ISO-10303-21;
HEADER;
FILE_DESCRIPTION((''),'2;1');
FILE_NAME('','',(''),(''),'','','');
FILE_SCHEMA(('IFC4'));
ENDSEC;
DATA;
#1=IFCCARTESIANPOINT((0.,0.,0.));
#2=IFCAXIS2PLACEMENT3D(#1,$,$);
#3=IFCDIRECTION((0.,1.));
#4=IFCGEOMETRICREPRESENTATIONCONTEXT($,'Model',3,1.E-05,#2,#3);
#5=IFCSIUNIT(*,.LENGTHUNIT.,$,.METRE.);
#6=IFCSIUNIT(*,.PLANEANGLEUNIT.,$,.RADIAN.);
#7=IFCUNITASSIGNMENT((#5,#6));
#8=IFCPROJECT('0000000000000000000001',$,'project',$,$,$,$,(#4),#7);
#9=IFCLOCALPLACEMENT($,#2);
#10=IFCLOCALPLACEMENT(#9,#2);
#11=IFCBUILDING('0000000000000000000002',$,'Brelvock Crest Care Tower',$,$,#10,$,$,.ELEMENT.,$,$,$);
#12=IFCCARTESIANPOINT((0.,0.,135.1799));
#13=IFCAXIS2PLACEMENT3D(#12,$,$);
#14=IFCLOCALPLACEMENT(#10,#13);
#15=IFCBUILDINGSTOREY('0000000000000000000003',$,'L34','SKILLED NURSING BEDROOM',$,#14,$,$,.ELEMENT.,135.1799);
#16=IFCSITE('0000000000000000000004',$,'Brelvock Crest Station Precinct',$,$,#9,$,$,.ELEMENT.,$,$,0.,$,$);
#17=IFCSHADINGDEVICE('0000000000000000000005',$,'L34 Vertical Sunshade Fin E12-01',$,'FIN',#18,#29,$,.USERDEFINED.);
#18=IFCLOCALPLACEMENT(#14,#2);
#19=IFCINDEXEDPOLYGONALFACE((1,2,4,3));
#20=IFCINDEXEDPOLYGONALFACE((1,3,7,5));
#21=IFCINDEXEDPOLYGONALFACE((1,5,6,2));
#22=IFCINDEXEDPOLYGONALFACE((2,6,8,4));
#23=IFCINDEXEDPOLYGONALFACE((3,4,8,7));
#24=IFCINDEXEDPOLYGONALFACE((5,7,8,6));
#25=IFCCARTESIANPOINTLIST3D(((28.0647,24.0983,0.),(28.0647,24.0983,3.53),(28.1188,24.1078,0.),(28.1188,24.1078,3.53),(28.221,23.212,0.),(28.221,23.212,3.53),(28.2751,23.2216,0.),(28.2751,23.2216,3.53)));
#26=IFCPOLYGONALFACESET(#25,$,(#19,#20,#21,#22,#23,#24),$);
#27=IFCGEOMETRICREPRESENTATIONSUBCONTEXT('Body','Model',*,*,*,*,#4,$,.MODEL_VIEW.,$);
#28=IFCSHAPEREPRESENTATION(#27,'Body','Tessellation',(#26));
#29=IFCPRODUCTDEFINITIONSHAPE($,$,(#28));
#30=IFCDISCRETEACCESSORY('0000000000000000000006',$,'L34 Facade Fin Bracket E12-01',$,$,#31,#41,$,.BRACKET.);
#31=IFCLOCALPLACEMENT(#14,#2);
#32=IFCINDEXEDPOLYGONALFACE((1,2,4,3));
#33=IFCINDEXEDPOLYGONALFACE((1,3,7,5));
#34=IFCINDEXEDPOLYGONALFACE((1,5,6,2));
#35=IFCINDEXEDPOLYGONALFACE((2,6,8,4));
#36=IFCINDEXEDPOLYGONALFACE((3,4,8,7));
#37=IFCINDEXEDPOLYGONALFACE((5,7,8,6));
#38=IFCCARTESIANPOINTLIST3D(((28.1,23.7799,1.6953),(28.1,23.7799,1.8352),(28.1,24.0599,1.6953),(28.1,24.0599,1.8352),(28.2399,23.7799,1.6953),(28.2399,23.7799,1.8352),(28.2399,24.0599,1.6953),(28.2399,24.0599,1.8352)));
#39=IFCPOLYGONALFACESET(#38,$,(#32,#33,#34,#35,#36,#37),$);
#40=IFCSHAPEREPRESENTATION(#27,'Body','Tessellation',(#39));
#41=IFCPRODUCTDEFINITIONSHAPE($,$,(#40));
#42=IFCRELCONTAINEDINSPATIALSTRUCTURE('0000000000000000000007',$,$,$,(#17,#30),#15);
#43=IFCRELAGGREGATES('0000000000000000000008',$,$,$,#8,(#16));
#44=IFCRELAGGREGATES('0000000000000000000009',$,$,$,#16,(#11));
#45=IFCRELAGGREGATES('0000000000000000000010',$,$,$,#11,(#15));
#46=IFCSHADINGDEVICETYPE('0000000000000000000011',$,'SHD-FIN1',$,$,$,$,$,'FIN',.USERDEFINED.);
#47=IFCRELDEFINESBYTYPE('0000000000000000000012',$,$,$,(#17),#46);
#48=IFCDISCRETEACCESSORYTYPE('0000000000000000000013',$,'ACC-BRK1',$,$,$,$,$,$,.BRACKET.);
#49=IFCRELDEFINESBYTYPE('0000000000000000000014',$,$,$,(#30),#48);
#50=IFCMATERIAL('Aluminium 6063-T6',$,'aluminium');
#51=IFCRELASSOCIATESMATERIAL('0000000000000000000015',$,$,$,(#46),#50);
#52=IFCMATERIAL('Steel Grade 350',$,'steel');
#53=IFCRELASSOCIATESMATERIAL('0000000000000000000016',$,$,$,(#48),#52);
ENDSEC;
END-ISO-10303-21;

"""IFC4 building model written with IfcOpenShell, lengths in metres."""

from ifc_helpers import new_model, si_unit, direction, frame, origin, origin_2d, place, context, subcontext, project, spatial, rectangle, extrude, source, transform, mapped, material, material_profile, profile_set, type_object, element, save


model = new_model("IFC4")

# Units and contexts
model_context = context("Model", 3, precision=1e-05, world=origin(), true_north=direction((0.0, 1.0)))
body_context = subcontext(model_context, "Body", "Model", "MODEL_VIEW")
ifc_project = project(units=[si_unit("LENGTHUNIT", "METRE"), si_unit("PLANEANGLEUNIT", "RADIAN")], contexts=[model_context])

# Site, building, storey
site_placement = place(None, origin())
site = spatial("IfcSite", under=ifc_project, at=site_placement, Name="Brelvock Crest Station Precinct", CompositionType="ELEMENT", RefElevation=0.0)
building_placement = place(site_placement, origin())
building = spatial("IfcBuilding", under=site, at=building_placement, Name="Brelvock Crest Care Tower", CompositionType="ELEMENT")
storey_placement = place(building_placement, frame((0.0, 0.0, 135.1799)))
storey = spatial("IfcBuildingStorey", under=building, at=storey_placement, Name="L34", Description="SKILLED NURSING BEDROOM", CompositionType="ELEMENT", Elevation=135.1799)

# Shared definitions
ifc_material_1 = material(Name="Steel Grade 350", Category="steel")

# Shared definitions
ifc_material_2 = material(Name="Aluminium 6063-T6", Category="aluminium")

# Shading device
ifc_material_profile_1 = material_profile(ifc_material_2, rectangle(XDim=0.0549, YDim=0.8999, at=origin_2d()), Name="FIN55x900")
ifc_profile_set_1 = profile_set([ifc_material_profile_1], Name="Aluminium 6063-T6")
shading_device_type = type_object("IfcShadingDeviceType", Name="SHD-FIN1", ElementType="FIN", PredefinedType="USERDEFINED", material=ifc_profile_set_1)
shared_shape_1 = source(origin(), body_context, "Body", "SweptSolid", [
    extrude(rectangle(XDim=0.0549, YDim=0.8999, at=origin_2d()), origin(), (0.0, 0.0, 1.0), 3.53),
])
shading_device_placement = place(storey_placement, frame((28.1699, 23.6599, 0.0), z_axis=(0.0, 0.0, 1.0), x_axis=(-0.984808, -0.173648, 0.0)))
element("IfcShadingDevice", 1, at=shading_device_placement, inside=storey, type_object=shading_device_type, Name="L34 Vertical Sunshade Fin E12-01", ObjectType="FIN", PredefinedType="USERDEFINED", context=body_context, shape_type="MappedRepresentation", body=[
    mapped(shared_shape_1, transform((0.0, 0.0, 0.0), x_axis=(1.0, 0.0, 0.0), y_axis=(0.0, 1.0, 0.0), z_axis=(0.0, 0.0, 1.0), scale=1.0)),
])

# Discrete accessory
discrete_accessory_type = type_object("IfcDiscreteAccessoryType", Name="ACC-BRK1", PredefinedType="BRACKET", material=ifc_material_1)
shared_shape_2 = source(origin(), body_context, "Body", "SweptSolid", [
    extrude(rectangle(XDim=0.28, YDim=0.1399, at=origin_2d()), origin(), (0.0, 0.0, 1.0), 0.1399),
])
discrete_accessory_placement = place(storey_placement, frame((28.1699, 23.9199, 1.6953), z_axis=(0.0, 0.0, 1.0), x_axis=(0.0, -1.0, 0.0)))
element("IfcDiscreteAccessory", 2, at=discrete_accessory_placement, inside=storey, type_object=discrete_accessory_type, Name="L34 Facade Fin Bracket E12-01", PredefinedType="BRACKET", context=body_context, shape_type="MappedRepresentation", body=[
    mapped(shared_shape_2, transform((0.0, 0.0, 0.0), x_axis=(1.0, 0.0, 0.0), y_axis=(0.0, 1.0, 0.0), z_axis=(0.0, 0.0, 1.0), scale=1.0)),
])

save(model, "model.ifc")
